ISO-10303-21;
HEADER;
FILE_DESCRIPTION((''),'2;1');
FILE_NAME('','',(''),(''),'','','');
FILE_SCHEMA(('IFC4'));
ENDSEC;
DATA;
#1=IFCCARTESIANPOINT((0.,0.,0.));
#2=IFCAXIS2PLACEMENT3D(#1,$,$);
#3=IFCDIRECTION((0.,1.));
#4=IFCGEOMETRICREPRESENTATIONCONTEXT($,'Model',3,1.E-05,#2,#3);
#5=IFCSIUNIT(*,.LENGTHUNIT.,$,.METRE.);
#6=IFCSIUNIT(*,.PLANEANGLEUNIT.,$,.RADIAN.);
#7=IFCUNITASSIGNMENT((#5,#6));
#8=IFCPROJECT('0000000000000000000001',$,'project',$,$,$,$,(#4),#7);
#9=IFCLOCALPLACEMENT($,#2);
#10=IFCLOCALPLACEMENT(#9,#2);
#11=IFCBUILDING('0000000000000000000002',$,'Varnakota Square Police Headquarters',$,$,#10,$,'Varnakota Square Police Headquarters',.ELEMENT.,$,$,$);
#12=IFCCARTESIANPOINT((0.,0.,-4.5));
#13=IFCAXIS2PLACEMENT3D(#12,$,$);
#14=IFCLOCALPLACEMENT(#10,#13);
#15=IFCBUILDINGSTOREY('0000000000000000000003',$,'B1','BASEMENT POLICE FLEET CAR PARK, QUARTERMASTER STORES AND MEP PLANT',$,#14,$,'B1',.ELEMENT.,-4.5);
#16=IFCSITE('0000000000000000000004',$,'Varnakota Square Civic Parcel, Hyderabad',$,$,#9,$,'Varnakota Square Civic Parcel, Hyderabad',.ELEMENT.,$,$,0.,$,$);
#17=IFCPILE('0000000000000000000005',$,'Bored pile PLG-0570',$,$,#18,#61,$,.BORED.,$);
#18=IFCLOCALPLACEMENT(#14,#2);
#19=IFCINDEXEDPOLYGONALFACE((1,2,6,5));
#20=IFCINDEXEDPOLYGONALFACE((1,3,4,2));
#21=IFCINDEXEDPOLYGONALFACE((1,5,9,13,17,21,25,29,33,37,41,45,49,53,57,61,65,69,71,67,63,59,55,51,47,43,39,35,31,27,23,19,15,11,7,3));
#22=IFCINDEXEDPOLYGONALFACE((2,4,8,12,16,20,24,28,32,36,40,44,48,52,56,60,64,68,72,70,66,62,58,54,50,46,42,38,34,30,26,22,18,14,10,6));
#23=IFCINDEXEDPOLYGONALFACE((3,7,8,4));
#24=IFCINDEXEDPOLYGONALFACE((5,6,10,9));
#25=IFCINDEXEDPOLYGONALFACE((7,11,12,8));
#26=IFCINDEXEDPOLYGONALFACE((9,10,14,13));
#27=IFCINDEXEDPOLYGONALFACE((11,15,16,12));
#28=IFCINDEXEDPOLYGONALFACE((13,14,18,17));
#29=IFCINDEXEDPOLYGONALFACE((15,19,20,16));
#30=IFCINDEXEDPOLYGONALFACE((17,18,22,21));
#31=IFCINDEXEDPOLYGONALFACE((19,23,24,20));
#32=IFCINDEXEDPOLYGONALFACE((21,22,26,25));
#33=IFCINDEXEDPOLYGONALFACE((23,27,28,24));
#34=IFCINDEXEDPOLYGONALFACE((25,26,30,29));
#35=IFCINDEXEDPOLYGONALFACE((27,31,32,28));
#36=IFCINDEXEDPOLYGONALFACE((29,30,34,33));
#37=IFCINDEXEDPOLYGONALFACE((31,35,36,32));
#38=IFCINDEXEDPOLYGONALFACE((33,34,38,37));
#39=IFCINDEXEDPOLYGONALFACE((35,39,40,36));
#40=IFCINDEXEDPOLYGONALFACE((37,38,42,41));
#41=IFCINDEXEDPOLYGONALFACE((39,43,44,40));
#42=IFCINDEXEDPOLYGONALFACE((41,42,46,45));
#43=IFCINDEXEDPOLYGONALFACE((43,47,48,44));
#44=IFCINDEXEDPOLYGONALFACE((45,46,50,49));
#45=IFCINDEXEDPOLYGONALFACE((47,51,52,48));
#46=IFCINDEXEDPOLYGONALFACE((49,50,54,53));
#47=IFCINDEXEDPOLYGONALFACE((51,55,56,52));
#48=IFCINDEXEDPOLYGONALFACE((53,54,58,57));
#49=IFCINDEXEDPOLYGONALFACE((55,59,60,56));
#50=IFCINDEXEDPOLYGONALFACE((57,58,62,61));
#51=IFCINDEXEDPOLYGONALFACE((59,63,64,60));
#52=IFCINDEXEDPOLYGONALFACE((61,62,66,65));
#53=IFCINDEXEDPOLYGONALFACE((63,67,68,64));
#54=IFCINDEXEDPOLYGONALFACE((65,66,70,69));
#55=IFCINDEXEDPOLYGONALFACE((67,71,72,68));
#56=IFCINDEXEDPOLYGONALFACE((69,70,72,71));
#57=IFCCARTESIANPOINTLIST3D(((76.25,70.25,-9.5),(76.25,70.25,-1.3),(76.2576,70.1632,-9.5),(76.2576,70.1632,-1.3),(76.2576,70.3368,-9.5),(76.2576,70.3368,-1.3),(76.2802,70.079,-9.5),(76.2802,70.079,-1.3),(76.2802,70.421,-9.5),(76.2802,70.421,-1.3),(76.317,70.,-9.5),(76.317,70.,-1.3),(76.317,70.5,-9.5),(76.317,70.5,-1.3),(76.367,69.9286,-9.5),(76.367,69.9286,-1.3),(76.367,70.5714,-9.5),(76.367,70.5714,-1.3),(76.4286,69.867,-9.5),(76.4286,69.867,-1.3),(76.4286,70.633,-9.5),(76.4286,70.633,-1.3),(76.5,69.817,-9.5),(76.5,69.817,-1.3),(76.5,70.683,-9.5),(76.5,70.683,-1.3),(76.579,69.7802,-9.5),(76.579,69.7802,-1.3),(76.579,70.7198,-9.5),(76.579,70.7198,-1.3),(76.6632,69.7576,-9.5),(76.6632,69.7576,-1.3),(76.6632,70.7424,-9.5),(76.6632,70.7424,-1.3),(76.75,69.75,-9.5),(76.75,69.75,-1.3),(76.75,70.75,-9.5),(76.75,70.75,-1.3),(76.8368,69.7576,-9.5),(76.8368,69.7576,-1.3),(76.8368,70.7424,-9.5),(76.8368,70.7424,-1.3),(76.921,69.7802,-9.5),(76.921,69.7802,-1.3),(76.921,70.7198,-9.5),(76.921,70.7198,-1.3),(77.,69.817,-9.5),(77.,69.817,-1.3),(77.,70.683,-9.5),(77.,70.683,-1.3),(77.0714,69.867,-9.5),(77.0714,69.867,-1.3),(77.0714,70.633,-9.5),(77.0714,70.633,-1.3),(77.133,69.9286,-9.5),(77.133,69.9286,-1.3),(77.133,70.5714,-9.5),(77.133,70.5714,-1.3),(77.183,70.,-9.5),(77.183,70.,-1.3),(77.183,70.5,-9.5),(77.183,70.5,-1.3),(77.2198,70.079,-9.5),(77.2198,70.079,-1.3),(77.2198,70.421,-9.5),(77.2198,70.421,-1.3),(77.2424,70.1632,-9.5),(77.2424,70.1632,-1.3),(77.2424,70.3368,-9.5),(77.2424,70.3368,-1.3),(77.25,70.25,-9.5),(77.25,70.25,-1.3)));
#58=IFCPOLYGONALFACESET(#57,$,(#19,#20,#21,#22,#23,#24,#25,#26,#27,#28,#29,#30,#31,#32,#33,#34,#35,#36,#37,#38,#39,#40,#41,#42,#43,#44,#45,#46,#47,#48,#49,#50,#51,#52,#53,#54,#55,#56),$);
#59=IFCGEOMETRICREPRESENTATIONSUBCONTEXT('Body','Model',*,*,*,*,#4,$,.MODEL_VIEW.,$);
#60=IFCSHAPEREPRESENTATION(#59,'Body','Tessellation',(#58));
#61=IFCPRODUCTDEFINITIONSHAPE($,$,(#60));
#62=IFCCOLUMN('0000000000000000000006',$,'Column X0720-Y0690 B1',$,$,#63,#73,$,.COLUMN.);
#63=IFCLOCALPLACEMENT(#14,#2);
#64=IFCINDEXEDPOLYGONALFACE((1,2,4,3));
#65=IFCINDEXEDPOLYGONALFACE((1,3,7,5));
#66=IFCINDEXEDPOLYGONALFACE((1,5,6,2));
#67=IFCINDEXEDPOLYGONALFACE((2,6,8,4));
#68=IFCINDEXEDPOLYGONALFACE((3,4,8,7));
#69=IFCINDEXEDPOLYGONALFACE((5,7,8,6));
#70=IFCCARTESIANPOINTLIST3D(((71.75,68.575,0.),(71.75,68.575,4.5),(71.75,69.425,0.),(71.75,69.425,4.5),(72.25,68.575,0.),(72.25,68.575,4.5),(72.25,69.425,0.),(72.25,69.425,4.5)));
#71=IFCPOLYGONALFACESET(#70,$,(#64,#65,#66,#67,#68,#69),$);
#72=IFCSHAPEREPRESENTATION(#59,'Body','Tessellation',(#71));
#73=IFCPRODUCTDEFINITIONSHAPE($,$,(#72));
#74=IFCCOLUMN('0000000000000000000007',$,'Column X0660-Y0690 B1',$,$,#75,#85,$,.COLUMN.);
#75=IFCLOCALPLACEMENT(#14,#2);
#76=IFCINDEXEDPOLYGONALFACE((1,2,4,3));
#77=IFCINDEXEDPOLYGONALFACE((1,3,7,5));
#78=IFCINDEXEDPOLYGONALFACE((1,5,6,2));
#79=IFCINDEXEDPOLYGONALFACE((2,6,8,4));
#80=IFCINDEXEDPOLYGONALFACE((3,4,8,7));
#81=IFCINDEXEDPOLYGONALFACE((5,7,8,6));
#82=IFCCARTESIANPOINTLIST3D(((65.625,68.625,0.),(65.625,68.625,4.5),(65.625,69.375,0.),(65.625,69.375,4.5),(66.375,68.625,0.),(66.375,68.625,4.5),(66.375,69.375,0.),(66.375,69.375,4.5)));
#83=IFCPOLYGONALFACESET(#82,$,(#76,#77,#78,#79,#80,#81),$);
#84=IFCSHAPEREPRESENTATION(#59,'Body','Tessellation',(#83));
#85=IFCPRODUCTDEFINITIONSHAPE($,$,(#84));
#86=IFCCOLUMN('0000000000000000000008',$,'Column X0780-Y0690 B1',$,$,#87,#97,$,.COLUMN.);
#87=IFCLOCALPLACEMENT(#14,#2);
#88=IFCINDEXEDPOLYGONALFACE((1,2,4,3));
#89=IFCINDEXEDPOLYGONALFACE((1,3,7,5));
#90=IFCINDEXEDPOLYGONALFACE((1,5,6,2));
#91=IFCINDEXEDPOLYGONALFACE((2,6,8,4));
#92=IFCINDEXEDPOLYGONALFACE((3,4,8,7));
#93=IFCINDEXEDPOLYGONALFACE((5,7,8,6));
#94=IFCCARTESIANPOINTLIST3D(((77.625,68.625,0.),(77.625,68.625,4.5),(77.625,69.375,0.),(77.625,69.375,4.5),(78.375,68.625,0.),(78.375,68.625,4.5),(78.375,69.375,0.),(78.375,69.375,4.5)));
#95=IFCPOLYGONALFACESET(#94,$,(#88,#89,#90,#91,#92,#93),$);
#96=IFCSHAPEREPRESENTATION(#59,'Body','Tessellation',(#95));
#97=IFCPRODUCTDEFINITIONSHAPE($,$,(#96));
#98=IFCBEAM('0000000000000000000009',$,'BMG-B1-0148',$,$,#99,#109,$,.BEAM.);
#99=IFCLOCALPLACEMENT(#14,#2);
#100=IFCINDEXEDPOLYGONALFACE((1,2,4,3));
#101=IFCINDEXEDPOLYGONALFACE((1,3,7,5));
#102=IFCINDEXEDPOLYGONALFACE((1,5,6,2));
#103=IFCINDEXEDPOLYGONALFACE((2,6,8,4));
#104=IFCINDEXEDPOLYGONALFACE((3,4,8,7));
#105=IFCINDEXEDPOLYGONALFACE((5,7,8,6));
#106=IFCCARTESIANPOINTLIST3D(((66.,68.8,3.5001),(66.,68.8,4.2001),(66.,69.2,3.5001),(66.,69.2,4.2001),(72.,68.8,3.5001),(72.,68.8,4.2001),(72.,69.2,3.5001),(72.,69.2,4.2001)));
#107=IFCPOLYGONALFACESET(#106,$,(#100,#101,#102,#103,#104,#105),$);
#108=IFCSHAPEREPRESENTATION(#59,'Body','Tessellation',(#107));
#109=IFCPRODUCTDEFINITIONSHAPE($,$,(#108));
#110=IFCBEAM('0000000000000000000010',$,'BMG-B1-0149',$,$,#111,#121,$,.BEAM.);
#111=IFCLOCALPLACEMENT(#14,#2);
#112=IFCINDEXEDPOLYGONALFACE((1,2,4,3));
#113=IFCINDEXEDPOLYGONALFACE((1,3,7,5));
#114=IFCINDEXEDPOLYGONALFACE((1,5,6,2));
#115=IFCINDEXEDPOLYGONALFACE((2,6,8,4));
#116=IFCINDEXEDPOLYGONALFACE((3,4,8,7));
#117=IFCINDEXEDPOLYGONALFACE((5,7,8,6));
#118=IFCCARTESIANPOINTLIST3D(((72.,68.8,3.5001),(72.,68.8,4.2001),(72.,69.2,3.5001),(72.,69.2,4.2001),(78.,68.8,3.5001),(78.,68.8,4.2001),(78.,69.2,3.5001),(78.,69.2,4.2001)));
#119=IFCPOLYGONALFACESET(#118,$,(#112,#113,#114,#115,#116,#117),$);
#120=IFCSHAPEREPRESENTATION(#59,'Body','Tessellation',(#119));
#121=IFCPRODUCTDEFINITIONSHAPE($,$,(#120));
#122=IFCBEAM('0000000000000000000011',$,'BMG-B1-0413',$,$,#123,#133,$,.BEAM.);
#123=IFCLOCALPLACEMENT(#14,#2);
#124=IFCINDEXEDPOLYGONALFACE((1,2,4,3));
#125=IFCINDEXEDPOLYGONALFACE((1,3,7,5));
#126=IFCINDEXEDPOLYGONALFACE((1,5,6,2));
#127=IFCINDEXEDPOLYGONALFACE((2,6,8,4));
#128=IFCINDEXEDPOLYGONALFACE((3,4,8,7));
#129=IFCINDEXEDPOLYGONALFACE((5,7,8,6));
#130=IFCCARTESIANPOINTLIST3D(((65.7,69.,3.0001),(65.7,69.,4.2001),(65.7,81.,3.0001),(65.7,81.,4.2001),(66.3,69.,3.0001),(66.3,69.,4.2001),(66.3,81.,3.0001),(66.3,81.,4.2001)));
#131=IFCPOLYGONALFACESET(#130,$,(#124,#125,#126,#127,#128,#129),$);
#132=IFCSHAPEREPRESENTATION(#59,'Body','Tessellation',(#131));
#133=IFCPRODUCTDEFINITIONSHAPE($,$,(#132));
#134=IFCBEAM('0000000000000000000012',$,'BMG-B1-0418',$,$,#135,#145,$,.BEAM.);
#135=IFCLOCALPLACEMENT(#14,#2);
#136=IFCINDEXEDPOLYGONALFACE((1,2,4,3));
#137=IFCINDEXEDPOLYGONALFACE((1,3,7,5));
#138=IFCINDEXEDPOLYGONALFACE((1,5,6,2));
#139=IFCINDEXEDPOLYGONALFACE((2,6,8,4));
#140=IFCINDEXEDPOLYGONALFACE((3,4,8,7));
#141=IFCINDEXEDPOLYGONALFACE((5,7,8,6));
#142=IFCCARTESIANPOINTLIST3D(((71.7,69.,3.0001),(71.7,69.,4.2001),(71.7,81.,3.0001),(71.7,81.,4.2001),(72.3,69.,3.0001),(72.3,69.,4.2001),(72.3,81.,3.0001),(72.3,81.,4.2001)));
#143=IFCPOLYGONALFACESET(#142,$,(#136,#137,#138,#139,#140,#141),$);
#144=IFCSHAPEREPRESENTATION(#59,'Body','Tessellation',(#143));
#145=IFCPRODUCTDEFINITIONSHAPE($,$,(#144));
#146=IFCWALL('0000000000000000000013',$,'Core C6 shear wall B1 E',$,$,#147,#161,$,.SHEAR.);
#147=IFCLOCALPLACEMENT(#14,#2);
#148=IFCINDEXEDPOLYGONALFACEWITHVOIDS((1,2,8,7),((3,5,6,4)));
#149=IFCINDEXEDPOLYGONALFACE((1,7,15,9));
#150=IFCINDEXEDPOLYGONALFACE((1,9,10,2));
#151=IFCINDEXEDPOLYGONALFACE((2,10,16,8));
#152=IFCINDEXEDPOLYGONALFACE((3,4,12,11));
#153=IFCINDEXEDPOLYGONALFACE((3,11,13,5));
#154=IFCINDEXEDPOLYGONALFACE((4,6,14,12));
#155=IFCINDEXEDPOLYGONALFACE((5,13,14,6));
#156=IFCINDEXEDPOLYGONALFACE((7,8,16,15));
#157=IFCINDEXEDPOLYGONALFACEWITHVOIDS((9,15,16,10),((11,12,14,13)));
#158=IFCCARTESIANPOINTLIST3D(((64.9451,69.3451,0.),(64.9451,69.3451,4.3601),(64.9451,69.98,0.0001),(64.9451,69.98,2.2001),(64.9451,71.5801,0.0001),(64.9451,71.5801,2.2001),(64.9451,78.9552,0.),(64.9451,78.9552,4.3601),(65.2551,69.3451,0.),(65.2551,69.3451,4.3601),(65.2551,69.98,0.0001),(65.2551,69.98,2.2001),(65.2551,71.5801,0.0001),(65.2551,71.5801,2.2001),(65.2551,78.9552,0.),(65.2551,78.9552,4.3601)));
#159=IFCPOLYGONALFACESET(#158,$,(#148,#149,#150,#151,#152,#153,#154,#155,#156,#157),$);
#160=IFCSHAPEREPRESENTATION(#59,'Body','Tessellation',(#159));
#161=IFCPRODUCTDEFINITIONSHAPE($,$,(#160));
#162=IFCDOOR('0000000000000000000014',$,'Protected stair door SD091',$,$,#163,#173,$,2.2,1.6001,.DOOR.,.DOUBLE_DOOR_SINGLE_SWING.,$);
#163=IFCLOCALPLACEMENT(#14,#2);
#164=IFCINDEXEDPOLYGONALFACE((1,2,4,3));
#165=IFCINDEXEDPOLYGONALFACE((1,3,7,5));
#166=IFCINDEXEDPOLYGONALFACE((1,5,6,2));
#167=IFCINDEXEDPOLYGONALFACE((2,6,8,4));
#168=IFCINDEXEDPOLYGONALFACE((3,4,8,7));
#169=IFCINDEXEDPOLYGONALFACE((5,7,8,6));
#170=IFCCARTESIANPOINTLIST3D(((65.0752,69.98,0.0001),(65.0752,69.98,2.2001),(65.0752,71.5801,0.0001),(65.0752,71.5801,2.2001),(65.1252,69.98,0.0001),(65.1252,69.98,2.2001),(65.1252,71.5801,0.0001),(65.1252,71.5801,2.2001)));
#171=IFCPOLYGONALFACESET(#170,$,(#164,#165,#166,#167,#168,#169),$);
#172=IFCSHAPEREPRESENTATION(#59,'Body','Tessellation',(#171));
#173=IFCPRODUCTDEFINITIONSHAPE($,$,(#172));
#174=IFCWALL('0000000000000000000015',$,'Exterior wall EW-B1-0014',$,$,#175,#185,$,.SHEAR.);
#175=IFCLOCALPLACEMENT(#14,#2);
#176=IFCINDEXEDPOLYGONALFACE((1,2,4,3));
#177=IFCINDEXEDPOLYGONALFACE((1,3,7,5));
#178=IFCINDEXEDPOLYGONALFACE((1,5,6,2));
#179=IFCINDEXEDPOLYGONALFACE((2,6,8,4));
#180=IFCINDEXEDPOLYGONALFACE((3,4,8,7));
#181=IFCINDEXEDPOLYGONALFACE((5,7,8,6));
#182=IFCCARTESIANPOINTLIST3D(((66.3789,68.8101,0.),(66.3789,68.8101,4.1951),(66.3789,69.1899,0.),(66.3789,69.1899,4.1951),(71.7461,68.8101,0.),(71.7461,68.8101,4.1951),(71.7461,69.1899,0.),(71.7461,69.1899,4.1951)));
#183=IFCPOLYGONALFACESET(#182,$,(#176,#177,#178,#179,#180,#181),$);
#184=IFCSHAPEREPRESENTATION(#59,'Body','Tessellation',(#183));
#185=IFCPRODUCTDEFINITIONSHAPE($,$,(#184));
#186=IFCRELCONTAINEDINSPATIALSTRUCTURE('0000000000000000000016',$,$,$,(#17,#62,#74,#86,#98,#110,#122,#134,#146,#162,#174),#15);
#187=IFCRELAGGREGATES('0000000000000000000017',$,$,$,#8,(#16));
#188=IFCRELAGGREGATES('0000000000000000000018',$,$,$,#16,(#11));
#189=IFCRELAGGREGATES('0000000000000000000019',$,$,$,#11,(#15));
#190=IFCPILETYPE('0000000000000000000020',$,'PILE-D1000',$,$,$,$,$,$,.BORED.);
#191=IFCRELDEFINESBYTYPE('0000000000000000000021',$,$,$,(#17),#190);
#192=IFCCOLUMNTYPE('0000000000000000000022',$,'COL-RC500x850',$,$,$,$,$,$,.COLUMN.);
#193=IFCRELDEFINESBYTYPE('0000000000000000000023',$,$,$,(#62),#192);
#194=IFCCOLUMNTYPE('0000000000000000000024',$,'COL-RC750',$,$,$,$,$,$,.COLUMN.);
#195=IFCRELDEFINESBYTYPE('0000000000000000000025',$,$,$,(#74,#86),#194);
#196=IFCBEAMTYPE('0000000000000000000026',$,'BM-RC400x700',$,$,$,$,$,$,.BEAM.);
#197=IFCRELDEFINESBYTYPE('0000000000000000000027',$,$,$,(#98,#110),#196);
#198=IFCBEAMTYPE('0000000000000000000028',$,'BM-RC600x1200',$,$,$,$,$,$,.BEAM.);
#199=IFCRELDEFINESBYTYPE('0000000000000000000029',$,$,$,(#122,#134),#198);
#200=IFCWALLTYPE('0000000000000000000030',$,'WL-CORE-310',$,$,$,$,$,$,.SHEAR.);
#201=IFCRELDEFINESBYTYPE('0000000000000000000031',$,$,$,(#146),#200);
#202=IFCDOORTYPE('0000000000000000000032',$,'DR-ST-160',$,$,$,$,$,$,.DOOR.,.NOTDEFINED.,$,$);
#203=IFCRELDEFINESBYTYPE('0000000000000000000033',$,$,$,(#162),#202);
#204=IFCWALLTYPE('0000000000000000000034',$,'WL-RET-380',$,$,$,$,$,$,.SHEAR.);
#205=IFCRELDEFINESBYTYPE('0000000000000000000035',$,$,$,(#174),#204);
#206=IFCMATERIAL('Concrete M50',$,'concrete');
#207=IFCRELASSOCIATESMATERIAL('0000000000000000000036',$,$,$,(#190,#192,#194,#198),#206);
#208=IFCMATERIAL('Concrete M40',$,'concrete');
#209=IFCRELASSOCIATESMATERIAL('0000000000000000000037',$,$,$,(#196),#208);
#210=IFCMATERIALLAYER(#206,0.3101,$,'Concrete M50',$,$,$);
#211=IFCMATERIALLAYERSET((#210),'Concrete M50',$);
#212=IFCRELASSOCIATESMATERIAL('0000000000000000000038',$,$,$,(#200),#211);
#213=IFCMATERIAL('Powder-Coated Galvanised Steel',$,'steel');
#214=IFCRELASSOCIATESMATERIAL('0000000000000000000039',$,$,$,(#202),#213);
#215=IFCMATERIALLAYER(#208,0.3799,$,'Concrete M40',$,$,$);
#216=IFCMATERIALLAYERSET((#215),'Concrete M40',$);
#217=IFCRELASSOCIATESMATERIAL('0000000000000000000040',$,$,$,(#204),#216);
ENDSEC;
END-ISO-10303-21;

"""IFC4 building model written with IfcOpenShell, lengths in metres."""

from ifc_helpers import new_model, si_unit, direction, frame, frame_2d, origin, origin_2d, place, context, subcontext, project, spatial, rectangle, circle, extrude, material, layer, layer_set, material_profile, profile_set, type_object, element, fill, save


model = new_model("IFC4")

# Units and contexts
model_context = context("Model", 3, precision=1e-05, world=origin(), true_north=direction((0.0, 1.0)))
body_context = subcontext(model_context, "Body", "Model", "MODEL_VIEW")
ifc_project = project(units=[si_unit("LENGTHUNIT", "METRE"), si_unit("PLANEANGLEUNIT", "RADIAN")], contexts=[model_context])

# Site, building, storey
site_placement = place(None, origin())
site = spatial("IfcSite", under=ifc_project, at=site_placement, Name="Varnakota Square Civic Parcel, Hyderabad", LongName="Varnakota Square Civic Parcel, Hyderabad", CompositionType="ELEMENT", RefElevation=0.0)
building_placement = place(site_placement, origin())
building = spatial("IfcBuilding", under=site, at=building_placement, Name="Varnakota Square Police Headquarters", LongName="Varnakota Square Police Headquarters", CompositionType="ELEMENT")
storey_placement = place(building_placement, frame((0.0, 0.0, -4.5)))
storey = spatial("IfcBuildingStorey", under=building, at=storey_placement, Name="B1", Description="BASEMENT POLICE FLEET CAR PARK, QUARTERMASTER STORES AND MEP PLANT", LongName="B1", CompositionType="ELEMENT", Elevation=-4.5)

# Shared definitions
ifc_material_1 = material(Name="Concrete M40", Category="concrete")
ifc_material_2 = material(Name="Concrete M50", Category="concrete")

# Pile
ifc_material_profile_1 = material_profile(ifc_material_2, circle(Radius=0.5, at=origin_2d()), Name="BORED PILE 1000")
ifc_profile_set_1 = profile_set([ifc_material_profile_1], Name="Concrete M50")
pile_type = type_object("IfcPileType", Name="PILE-D1000", PredefinedType="BORED", material=ifc_profile_set_1)
for number, where, z_axis, x_axis, name in (
    (1, (76.75, 70.25, -1.3), (0.0, 0.0, -1.0), (1.0, 0.0, 0.0), "Bored pile PLG-0570"),
):
    element("IfcPile", number, at=place(storey_placement, frame(where, z_axis=z_axis, x_axis=x_axis)), inside=storey, type_object=pile_type, Name=name, PredefinedType="BORED", context=body_context, shape_type="SweptSolid", body=[
        extrude(circle(Radius=0.5, at=origin_2d()), origin(), (0.0, 0.0, 1.0), 8.2),
    ])

# Columns
ifc_material_profile_2 = material_profile(ifc_material_2, rectangle(XDim=0.5, YDim=0.8501, at=origin_2d()), Name="RC 500x850")
ifc_profile_set_2 = profile_set([ifc_material_profile_2], Name="Concrete M50")
column_type_1 = type_object("IfcColumnType", Name="COL-RC500x850", PredefinedType="COLUMN", material=ifc_profile_set_2)
column_placement = place(storey_placement, frame((72.0, 69.0, 0.0), z_axis=(0.0, 0.0, 1.0), x_axis=(1.0, 0.0, 0.0)))
element("IfcColumn", 2, at=column_placement, inside=storey, type_object=column_type_1, Name="Column X0720-Y0690 B1", PredefinedType="COLUMN", context=body_context, shape_type="SweptSolid", body=[
    extrude(rectangle(XDim=0.5, YDim=0.8501, at=origin_2d()), origin(), (0.0, 0.0, 1.0), 4.5),
])
ifc_material_profile_3 = material_profile(ifc_material_2, rectangle(XDim=0.75, YDim=0.75, at=origin_2d()), Name="RC 750x750")
ifc_profile_set_3 = profile_set([ifc_material_profile_3], Name="Concrete M50")
column_type_2 = type_object("IfcColumnType", Name="COL-RC750", PredefinedType="COLUMN", material=ifc_profile_set_3)
for number, where, z_axis, x_axis, name in (
    (3, (66.0, 69.0, 0.0), (0.0, 0.0, 1.0), (1.0, 0.0, 0.0), "Column X0660-Y0690 B1"),
    (4, (78.0, 69.0, 0.0), (0.0, 0.0, 1.0), (1.0, 0.0, 0.0), "Column X0780-Y0690 B1"),
):
    element("IfcColumn", number, at=place(storey_placement, frame(where, z_axis=z_axis, x_axis=x_axis)), inside=storey, type_object=column_type_2, Name=name, PredefinedType="COLUMN", context=body_context, shape_type="SweptSolid", body=[
        extrude(rectangle(XDim=0.75, YDim=0.75, at=origin_2d()), origin(), (0.0, 0.0, 1.0), 4.5),
    ])

# Beams
ifc_material_profile_4 = material_profile(ifc_material_1, rectangle(XDim=0.3999, YDim=0.7, at=origin_2d()), Name="RC 400x700")
ifc_profile_set_4 = profile_set([ifc_material_profile_4], Name="Concrete M40")
beam_type_1 = type_object("IfcBeamType", Name="BM-RC400x700", PredefinedType="BEAM", material=ifc_profile_set_4)
for number, where, z_axis, x_axis, name in (
    (5, (66.0, 69.0, 3.8501), (1.0, 0.0, 0.0), (0.0, 1.0, 0.0), "BMG-B1-0148"),
    (6, (72.0, 69.0, 3.8501), (1.0, 0.0, 0.0), (0.0, 1.0, 0.0), "BMG-B1-0149"),
):
    element("IfcBeam", number, at=place(storey_placement, frame(where, z_axis=z_axis, x_axis=x_axis)), inside=storey, type_object=beam_type_1, Name=name, PredefinedType="BEAM", context=body_context, shape_type="SweptSolid", body=[
        extrude(rectangle(XDim=0.3999, YDim=0.7, at=origin_2d()), origin(), (0.0, 0.0, 1.0), 6.0),
    ])
ifc_material_profile_5 = material_profile(ifc_material_2, rectangle(XDim=0.6001, YDim=1.2, at=origin_2d()), Name="RC 600x1200")
ifc_profile_set_5 = profile_set([ifc_material_profile_5], Name="Concrete M50")
beam_type_2 = type_object("IfcBeamType", Name="BM-RC600x1200", PredefinedType="BEAM", material=ifc_profile_set_5)
for number, where, z_axis, x_axis, name in (
    (7, (66.0, 69.0, 3.6001), (0.0, 1.0, 0.0), (-1.0, 0.0, 0.0), "BMG-B1-0413"),
    (8, (72.0, 69.0, 3.6001), (0.0, 1.0, 0.0), (-1.0, 0.0, 0.0), "BMG-B1-0418"),
):
    element("IfcBeam", number, at=place(storey_placement, frame(where, z_axis=z_axis, x_axis=x_axis)), inside=storey, type_object=beam_type_2, Name=name, PredefinedType="BEAM", context=body_context, shape_type="SweptSolid", body=[
        extrude(rectangle(XDim=0.6001, YDim=1.2, at=origin_2d()), origin(), (0.0, 0.0, 1.0), 12.0),
    ])

# Wall, opening, door
ifc_layer_1 = layer(ifc_material_2, 0.3101, Name="Concrete M50")
ifc_layer_set_1 = layer_set([ifc_layer_1], Name="Concrete M50")
wall_type_1 = type_object("IfcWallType", Name="WL-CORE-310", PredefinedType="SHEAR", material=ifc_layer_set_1)
wall_1_placement = place(storey_placement, frame((65.1001, 69.345, 0.0), z_axis=(0.0, 0.0, 1.0), x_axis=(0.0, 1.0, 0.0)))
wall_1 = element("IfcWall", 9, at=wall_1_placement, inside=storey, type_object=wall_type_1, Name="Core C6 shear wall B1 E", PredefinedType="SHEAR", context=body_context, shape_type="SweptSolid", body=[
    extrude(rectangle(XDim=9.6101, YDim=0.3101, at=frame_2d((4.8052, 0.0))), origin(), (0.0, 0.0, 1.0), 4.3601),
])
opening_1_placement = place(wall_1_placement, frame((0.635, 0.0, 0.0)))
opening_1 = element("IfcOpeningElement", 10, at=opening_1_placement, cuts=wall_1, PredefinedType="OPENING", context=body_context, shape_type="SweptSolid", body=[
    extrude(rectangle(XDim=1.6001, YDim=2.2, at=frame_2d((0.8, 1.1001))), frame((0.0, 0.165, 0.0), z_axis=(0.0, -1.0, 0.0), x_axis=(1.0, 0.0, 0.0)), (0.0, 0.0, 1.0), 0.3301),
])
ifc_material_3 = material(Name="Powder-Coated Galvanised Steel", Category="steel")
door_type_1 = type_object("IfcDoorType", Name="DR-ST-160", OperationType="NOTDEFINED", PredefinedType="DOOR", material=ifc_material_3)
door_1_placement = place(opening_1_placement, origin())
door_1 = element("IfcDoor", 11, at=door_1_placement, inside=storey, type_object=door_type_1, Name="Protected stair door SD091", OperationType="DOUBLE_DOOR_SINGLE_SWING", OverallHeight=2.2, OverallWidth=1.6001, PredefinedType="DOOR", context=body_context, shape_type="SweptSolid", body=[
    extrude(rectangle(XDim=1.6001, YDim=2.2, at=frame_2d((0.8, 1.1001))), frame((0.0, 0.0249, 0.0), z_axis=(0.0, -1.0, 0.0), x_axis=(1.0, 0.0, 0.0)), (0.0, 0.0, 1.0), 0.05),
])
fill(opening_1, door_1)

# Wall
ifc_layer_2 = layer(ifc_material_1, 0.3799, Name="Concrete M40")
ifc_layer_set_2 = layer_set([ifc_layer_2], Name="Concrete M40")
wall_type_2 = type_object("IfcWallType", Name="WL-RET-380", PredefinedType="SHEAR", material=ifc_layer_set_2)
for number, where, z_axis, x_axis, name in (
    (12, (66.3789, 69.0, 0.0), (0.0, 0.0, 1.0), (1.0, 0.0, 0.0), "Exterior wall EW-B1-0014"),
):
    element("IfcWall", number, at=place(storey_placement, frame(where, z_axis=z_axis, x_axis=x_axis)), inside=storey, type_object=wall_type_2, Name=name, PredefinedType="SHEAR", context=body_context, shape_type="SweptSolid", body=[
        extrude(rectangle(XDim=5.3672, YDim=0.3799, at=frame_2d((2.6836, 0.0))), origin(), (0.0, 0.0, 1.0), 4.1951),
    ])

save(model, "model.ifc")
